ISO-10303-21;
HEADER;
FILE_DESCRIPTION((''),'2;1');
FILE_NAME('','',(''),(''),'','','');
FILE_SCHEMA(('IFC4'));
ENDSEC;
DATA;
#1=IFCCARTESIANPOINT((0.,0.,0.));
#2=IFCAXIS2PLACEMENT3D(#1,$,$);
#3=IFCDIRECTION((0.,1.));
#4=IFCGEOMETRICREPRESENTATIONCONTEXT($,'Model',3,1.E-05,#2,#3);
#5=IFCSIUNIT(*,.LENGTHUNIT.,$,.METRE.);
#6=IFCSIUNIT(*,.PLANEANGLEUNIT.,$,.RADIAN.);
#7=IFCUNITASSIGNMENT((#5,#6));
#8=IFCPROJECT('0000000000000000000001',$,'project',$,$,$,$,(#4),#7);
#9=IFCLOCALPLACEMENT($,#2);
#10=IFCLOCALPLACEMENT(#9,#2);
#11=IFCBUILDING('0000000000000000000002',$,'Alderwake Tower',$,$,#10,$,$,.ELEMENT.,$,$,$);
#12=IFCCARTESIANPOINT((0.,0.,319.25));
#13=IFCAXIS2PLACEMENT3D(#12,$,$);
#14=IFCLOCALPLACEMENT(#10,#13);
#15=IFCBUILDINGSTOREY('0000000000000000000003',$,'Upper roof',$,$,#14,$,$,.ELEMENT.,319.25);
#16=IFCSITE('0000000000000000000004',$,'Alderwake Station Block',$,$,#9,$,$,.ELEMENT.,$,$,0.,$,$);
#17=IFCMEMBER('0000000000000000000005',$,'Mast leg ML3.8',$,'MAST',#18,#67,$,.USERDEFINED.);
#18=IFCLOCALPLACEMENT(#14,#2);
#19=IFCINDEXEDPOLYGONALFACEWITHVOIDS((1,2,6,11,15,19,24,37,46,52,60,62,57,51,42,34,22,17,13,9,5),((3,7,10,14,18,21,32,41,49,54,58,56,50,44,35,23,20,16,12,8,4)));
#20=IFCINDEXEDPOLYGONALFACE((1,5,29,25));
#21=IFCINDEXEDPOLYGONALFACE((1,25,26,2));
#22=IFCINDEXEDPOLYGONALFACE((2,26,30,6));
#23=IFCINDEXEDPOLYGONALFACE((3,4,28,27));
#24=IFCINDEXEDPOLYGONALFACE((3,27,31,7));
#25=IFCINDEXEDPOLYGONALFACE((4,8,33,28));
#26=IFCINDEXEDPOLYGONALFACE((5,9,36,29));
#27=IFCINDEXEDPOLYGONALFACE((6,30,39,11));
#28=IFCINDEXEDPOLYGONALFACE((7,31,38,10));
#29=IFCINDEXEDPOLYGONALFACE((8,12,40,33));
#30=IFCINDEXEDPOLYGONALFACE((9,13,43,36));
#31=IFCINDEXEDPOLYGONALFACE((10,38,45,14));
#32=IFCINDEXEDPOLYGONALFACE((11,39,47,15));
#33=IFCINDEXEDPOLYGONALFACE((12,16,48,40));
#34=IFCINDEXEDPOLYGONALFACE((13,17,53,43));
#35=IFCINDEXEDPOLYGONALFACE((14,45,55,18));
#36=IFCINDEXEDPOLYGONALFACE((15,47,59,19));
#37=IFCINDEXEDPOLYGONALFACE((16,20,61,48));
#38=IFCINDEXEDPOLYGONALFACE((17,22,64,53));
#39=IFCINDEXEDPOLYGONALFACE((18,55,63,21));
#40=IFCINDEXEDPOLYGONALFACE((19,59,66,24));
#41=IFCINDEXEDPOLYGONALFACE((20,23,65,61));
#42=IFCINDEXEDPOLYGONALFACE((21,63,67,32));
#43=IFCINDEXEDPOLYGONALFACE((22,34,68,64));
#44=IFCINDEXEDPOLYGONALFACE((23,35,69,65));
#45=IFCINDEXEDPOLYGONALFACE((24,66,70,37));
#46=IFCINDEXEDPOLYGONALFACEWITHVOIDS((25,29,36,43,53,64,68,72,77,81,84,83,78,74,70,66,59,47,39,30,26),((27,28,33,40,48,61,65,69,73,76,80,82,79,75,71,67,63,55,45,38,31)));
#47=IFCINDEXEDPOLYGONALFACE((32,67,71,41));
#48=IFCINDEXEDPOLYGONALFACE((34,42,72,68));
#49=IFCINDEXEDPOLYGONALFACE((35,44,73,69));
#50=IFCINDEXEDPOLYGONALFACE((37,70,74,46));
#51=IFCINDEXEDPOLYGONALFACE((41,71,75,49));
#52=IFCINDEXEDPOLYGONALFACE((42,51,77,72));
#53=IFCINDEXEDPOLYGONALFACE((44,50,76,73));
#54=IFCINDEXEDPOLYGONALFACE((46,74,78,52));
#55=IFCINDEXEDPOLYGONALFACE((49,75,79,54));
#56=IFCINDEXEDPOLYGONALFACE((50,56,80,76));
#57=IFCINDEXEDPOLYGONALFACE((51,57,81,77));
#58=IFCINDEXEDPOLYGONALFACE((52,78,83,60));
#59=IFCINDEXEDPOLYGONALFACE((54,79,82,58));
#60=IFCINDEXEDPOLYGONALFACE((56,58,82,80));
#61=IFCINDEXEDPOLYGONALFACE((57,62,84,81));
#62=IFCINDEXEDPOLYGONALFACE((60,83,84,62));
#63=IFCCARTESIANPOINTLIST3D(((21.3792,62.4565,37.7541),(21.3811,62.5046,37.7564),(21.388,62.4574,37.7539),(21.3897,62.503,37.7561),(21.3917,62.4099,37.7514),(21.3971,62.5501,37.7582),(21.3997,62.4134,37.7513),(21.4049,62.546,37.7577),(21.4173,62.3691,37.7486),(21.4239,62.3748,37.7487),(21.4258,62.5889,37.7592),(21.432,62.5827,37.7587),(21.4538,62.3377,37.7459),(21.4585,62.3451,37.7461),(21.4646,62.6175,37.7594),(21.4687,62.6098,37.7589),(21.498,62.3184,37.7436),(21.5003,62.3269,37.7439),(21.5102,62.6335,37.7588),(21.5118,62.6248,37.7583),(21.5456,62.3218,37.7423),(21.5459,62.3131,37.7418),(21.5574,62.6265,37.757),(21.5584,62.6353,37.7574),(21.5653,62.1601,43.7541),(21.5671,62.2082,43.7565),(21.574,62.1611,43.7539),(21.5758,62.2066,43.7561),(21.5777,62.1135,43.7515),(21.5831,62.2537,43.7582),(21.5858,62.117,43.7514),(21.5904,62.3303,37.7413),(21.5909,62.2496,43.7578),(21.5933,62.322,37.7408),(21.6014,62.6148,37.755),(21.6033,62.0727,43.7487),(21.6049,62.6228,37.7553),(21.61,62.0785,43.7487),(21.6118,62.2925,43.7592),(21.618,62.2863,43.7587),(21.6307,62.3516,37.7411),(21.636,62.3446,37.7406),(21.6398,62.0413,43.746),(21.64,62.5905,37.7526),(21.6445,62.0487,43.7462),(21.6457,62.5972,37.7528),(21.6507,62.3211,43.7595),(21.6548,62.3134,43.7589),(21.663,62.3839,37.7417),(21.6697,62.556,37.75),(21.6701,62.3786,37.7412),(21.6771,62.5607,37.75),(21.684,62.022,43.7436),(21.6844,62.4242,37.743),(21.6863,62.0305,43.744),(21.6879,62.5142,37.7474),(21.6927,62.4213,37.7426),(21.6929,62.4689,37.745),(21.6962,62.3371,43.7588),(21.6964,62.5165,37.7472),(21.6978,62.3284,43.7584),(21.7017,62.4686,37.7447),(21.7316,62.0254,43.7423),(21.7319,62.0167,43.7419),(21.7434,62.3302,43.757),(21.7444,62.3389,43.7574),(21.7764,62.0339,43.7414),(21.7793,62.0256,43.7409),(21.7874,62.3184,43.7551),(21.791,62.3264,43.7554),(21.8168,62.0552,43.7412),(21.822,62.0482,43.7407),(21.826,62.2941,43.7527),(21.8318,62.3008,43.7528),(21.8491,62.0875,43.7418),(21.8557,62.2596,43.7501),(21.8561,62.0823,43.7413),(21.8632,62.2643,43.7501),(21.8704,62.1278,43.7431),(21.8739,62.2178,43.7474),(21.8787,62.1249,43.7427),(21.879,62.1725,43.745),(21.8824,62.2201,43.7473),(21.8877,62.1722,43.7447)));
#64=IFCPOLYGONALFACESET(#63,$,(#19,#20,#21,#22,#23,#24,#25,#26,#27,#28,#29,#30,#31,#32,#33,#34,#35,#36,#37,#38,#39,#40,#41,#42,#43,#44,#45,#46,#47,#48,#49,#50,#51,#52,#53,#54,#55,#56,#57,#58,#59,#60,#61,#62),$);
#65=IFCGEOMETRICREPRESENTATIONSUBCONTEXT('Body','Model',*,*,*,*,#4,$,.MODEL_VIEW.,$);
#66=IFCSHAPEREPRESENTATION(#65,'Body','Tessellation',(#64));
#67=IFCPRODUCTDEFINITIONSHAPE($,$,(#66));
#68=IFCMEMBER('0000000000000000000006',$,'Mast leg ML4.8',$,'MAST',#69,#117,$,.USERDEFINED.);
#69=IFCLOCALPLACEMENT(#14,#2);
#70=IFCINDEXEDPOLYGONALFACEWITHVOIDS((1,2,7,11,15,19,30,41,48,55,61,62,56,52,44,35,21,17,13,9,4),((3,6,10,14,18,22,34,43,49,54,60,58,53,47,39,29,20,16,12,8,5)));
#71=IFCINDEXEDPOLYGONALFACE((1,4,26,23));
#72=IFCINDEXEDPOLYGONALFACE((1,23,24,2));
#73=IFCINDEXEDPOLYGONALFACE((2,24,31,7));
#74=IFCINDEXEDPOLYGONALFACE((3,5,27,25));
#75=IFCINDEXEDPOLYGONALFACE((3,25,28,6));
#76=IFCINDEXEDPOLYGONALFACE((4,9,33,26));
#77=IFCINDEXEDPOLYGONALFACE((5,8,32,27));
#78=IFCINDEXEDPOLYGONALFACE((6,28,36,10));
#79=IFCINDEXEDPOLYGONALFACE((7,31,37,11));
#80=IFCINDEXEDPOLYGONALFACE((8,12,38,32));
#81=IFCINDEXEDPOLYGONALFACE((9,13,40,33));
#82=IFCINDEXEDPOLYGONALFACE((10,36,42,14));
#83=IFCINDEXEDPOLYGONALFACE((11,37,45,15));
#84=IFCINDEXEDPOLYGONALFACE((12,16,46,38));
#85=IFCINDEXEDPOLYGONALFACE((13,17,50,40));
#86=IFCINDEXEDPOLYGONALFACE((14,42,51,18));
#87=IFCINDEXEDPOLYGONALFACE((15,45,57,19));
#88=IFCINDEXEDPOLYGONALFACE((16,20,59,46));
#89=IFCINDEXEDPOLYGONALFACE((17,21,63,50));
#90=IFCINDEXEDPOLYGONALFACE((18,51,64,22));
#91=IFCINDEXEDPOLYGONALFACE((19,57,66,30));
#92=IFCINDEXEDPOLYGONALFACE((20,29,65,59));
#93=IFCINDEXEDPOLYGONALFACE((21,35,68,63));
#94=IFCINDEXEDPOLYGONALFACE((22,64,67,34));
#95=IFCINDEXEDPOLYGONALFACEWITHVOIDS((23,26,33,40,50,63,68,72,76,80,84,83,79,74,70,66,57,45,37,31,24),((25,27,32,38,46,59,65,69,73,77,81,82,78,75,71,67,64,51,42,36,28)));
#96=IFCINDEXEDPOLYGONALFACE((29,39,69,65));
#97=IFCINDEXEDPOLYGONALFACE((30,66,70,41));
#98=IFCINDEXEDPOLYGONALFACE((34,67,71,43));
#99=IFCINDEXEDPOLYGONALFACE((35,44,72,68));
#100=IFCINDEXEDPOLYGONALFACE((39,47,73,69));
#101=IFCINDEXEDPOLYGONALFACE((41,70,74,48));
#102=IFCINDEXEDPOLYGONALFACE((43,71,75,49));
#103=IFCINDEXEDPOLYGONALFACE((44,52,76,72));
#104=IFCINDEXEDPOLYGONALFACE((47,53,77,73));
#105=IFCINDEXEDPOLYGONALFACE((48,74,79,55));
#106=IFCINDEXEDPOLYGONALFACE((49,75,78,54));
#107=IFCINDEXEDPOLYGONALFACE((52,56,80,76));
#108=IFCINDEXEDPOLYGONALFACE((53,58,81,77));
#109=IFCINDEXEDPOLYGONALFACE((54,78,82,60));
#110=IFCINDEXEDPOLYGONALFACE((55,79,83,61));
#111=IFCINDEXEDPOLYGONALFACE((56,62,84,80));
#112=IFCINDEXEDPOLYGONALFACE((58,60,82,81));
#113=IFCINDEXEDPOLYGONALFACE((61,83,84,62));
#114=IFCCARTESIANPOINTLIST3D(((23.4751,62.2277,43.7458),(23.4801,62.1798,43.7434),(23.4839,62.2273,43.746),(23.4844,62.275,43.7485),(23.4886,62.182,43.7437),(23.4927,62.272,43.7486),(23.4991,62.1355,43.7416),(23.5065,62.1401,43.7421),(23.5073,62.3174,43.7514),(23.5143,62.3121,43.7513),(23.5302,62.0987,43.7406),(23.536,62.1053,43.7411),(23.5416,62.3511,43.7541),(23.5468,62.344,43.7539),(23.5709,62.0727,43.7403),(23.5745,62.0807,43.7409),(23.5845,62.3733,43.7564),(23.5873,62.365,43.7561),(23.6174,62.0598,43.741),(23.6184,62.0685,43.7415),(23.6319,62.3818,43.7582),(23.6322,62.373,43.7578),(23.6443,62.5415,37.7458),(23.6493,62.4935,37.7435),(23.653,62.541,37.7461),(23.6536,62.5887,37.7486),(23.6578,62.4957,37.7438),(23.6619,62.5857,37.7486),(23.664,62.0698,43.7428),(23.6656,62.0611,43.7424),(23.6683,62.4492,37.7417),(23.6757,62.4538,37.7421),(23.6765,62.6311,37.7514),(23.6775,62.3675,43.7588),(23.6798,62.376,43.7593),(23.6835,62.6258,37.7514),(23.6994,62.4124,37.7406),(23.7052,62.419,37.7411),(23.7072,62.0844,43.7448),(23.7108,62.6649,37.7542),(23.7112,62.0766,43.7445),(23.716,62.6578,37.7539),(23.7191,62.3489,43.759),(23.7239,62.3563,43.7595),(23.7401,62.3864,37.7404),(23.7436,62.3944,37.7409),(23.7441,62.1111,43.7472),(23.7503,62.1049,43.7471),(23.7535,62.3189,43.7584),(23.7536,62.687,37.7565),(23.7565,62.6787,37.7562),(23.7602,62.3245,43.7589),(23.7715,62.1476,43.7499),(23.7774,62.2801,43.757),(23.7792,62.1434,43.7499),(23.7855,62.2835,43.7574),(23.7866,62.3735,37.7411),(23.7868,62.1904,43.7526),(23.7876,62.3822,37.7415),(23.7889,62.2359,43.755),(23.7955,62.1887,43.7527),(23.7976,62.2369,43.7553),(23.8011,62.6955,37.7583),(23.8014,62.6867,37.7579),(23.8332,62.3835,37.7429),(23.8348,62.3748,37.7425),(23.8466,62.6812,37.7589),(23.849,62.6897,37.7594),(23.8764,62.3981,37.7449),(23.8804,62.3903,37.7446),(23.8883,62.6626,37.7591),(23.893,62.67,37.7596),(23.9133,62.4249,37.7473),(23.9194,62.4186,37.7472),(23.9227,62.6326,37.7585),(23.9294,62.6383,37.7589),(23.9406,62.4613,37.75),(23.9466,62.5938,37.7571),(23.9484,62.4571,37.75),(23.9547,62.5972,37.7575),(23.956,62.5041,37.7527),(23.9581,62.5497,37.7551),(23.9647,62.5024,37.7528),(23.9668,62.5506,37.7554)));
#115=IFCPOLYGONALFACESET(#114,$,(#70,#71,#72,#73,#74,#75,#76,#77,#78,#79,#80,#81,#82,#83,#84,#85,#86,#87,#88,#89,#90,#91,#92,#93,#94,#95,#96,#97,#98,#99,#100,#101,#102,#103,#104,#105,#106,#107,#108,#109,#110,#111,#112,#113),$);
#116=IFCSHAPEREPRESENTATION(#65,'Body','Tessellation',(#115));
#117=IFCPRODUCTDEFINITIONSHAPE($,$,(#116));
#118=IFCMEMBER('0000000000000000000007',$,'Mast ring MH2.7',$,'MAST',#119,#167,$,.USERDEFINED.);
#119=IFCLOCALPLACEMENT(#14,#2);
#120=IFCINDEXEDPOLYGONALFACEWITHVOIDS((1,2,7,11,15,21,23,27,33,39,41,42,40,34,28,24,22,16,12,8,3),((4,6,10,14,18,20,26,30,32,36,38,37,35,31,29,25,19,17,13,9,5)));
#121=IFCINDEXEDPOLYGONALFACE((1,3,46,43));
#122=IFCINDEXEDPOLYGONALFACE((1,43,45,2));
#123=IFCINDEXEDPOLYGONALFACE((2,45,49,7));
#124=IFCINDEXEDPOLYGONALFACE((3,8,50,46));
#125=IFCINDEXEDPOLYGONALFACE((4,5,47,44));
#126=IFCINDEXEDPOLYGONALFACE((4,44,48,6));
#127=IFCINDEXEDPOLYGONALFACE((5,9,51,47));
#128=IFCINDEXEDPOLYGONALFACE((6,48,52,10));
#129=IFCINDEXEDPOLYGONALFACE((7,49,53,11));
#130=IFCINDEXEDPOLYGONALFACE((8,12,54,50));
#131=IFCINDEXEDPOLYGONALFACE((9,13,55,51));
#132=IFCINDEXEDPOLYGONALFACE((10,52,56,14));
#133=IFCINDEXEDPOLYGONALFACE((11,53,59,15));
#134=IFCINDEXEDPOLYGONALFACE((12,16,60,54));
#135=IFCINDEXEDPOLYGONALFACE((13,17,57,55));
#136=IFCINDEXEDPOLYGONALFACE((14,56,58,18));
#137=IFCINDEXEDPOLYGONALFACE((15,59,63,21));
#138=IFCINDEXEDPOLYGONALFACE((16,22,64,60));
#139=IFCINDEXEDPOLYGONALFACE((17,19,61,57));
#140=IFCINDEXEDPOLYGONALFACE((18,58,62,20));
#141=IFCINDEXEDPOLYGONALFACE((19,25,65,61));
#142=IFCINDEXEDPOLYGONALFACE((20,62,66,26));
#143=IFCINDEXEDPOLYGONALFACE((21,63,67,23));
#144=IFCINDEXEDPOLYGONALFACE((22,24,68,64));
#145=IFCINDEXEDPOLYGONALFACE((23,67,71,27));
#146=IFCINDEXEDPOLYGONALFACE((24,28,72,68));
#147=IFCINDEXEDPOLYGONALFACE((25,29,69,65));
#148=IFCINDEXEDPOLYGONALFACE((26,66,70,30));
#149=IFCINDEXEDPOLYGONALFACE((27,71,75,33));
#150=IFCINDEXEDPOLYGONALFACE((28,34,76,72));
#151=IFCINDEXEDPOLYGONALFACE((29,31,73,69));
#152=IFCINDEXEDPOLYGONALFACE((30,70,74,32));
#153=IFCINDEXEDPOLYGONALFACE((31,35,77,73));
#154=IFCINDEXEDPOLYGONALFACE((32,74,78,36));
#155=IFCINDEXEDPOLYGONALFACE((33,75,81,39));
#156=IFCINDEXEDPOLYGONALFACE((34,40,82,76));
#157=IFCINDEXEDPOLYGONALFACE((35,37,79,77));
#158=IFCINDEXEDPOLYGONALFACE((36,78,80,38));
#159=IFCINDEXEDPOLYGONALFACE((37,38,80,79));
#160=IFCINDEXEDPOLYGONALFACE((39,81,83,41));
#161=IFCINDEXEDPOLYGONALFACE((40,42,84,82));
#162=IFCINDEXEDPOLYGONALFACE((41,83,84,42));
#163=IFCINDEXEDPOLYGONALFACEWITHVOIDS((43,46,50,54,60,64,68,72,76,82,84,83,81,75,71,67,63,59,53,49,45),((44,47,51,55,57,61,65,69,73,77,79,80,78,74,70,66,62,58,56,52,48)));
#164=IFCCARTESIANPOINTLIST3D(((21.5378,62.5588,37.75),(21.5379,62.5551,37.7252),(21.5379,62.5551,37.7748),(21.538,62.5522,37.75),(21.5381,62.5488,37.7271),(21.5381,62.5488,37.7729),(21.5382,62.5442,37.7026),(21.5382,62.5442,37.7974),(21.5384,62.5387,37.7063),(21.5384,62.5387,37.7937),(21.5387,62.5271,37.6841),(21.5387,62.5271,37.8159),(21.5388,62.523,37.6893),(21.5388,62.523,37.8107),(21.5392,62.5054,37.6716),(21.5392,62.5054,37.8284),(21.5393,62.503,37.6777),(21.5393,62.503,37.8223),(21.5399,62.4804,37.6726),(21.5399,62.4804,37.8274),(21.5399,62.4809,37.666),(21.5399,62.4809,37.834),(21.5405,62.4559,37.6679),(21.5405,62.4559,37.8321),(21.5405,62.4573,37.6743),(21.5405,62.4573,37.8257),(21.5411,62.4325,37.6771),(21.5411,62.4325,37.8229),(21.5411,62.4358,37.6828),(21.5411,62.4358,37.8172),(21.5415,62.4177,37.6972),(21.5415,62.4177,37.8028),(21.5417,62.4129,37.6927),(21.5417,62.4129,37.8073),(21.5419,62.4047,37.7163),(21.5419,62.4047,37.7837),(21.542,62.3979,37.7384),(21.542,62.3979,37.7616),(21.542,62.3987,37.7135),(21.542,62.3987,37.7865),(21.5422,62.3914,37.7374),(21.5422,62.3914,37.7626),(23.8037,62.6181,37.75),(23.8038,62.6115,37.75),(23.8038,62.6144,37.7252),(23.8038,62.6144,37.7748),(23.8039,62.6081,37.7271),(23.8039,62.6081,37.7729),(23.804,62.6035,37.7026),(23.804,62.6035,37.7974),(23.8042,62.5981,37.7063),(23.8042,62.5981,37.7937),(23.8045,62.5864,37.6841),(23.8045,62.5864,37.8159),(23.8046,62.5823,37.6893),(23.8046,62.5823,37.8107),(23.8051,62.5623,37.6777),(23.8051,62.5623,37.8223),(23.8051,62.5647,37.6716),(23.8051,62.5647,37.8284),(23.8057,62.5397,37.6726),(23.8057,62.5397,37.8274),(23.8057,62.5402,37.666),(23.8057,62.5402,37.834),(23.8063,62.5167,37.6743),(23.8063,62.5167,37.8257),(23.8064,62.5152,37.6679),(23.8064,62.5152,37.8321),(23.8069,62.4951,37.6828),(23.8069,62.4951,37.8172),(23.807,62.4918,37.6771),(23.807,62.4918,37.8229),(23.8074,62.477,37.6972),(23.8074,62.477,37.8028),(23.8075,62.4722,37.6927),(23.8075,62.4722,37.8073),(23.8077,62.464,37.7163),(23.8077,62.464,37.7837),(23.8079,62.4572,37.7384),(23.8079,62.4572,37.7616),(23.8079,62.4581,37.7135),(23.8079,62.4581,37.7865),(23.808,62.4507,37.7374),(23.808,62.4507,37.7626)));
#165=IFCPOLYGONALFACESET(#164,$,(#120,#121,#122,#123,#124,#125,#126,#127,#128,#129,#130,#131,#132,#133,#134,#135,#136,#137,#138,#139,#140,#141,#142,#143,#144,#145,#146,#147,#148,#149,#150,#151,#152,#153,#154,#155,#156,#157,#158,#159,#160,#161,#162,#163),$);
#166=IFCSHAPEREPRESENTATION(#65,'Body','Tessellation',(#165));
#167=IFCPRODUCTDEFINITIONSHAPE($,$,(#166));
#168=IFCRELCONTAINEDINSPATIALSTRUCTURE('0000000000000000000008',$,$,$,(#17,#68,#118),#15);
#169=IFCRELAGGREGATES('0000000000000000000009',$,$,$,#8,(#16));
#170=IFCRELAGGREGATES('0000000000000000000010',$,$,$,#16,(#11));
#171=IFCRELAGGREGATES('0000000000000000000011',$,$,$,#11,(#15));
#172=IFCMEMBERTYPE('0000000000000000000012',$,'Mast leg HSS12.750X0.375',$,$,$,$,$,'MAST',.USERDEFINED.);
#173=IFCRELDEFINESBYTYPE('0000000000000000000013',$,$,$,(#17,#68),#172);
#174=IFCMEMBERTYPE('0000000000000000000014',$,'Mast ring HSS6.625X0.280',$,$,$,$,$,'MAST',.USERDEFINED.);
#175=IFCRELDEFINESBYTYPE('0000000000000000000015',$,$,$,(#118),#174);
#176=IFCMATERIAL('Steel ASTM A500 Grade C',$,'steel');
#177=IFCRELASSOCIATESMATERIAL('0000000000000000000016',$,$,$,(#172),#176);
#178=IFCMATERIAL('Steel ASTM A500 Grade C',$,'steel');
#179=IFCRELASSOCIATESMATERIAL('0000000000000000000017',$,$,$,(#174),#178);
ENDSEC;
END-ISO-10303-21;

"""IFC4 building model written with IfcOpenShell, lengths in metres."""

from ifc_helpers import new_model, si_unit, direction, frame, origin, origin_2d, place, context, subcontext, project, spatial, hollow_circle, extrude, material, material_profile, profile_set, type_object, element, save


model = new_model("IFC4")

# Units and contexts
model_context = context("Model", 3, precision=1e-05, world=origin(), true_north=direction((0.0, 1.0)))
body_context = subcontext(model_context, "Body", "Model", "MODEL_VIEW")
ifc_project = project(units=[si_unit("LENGTHUNIT", "METRE"), si_unit("PLANEANGLEUNIT", "RADIAN")], contexts=[model_context])

# Site, building, storey
site_placement = place(None, origin())
site = spatial("IfcSite", under=ifc_project, at=site_placement, Name="Alderwake Station Block", CompositionType="ELEMENT", RefElevation=0.0)
building_placement = place(site_placement, origin())
building = spatial("IfcBuilding", under=site, at=building_placement, Name="Alderwake Tower", CompositionType="ELEMENT")
storey_placement = place(building_placement, frame((0.0, 0.0, 319.25)))
storey = spatial("IfcBuildingStorey", under=building, at=storey_placement, Name="Upper roof", CompositionType="ELEMENT", Elevation=319.25)

# Members
ifc_material_1 = material(Name="Steel ASTM A500 Grade C", Category="steel")
ifc_material_profile_1 = material_profile(ifc_material_1, hollow_circle(Radius=0.1619, WallThickness=0.0088, at=origin_2d()), Name="HSS12.750X0.375")
ifc_profile_set_1 = profile_set([ifc_material_profile_1], Name="Steel ASTM A500 Grade C")
member_type_1 = type_object("IfcMemberType", Name="Mast leg HSS12.750X0.375", ElementType="MAST", PredefinedType="USERDEFINED", material=ifc_profile_set_1)
member_1_placement = place(storey_placement, frame((21.54, 62.4746, 37.75), z_axis=(0.030953, -0.049314, 0.998304), x_axis=(0.846978, 0.531628, 0.0)))
element("IfcMember", 1, at=member_1_placement, inside=storey, type_object=member_type_1, Name="Mast leg ML3.8", ObjectType="MAST", PredefinedType="USERDEFINED", context=body_context, shape_type="SweptSolid", body=[
    extrude(hollow_circle(Radius=0.1619, WallThickness=0.0088, at=origin_2d()), origin(), (0.0, 0.0, 1.0), 6.0103),
])
member_2_placement = place(storey_placement, frame((23.8059, 62.5339, 37.75), z_axis=(-0.028149, -0.052195, 0.99824), x_axis=(0.880163, -0.474672, 0.0)))
element("IfcMember", 2, at=member_2_placement, inside=storey, type_object=member_type_1, Name="Mast leg ML4.8", ObjectType="MAST", PredefinedType="USERDEFINED", context=body_context, shape_type="SweptSolid", body=[
    extrude(hollow_circle(Radius=0.1619, WallThickness=0.0088, at=origin_2d()), origin(), (0.0, 0.0, 1.0), 6.0105),
])
ifc_material_2 = material(Name="Steel ASTM A500 Grade C", Category="steel")
ifc_material_profile_2 = material_profile(ifc_material_2, hollow_circle(Radius=0.0842, WallThickness=0.0066, at=origin_2d()), Name="HSS6.625X0.280")
ifc_profile_set_2 = profile_set([ifc_material_profile_2], Name="Steel ASTM A500 Grade C")
member_type_2 = type_object("IfcMemberType", Name="Mast ring HSS6.625X0.280", ElementType="MAST", PredefinedType="USERDEFINED", material=ifc_profile_set_2)
member_3_placement = place(storey_placement, frame((21.54, 62.4746, 37.75), z_axis=(0.999657, 0.026174, 0.0), x_axis=(-0.026174, 0.999657, 0.0)))
element("IfcMember", 3, at=member_3_placement, inside=storey, type_object=member_type_2, Name="Mast ring MH2.7", ObjectType="MAST", PredefinedType="USERDEFINED", context=body_context, shape_type="SweptSolid", body=[
    extrude(hollow_circle(Radius=0.0842, WallThickness=0.0066, at=origin_2d()), origin(), (0.0, 0.0, 1.0), 2.2666),
])

save(model, "model.ifc")
